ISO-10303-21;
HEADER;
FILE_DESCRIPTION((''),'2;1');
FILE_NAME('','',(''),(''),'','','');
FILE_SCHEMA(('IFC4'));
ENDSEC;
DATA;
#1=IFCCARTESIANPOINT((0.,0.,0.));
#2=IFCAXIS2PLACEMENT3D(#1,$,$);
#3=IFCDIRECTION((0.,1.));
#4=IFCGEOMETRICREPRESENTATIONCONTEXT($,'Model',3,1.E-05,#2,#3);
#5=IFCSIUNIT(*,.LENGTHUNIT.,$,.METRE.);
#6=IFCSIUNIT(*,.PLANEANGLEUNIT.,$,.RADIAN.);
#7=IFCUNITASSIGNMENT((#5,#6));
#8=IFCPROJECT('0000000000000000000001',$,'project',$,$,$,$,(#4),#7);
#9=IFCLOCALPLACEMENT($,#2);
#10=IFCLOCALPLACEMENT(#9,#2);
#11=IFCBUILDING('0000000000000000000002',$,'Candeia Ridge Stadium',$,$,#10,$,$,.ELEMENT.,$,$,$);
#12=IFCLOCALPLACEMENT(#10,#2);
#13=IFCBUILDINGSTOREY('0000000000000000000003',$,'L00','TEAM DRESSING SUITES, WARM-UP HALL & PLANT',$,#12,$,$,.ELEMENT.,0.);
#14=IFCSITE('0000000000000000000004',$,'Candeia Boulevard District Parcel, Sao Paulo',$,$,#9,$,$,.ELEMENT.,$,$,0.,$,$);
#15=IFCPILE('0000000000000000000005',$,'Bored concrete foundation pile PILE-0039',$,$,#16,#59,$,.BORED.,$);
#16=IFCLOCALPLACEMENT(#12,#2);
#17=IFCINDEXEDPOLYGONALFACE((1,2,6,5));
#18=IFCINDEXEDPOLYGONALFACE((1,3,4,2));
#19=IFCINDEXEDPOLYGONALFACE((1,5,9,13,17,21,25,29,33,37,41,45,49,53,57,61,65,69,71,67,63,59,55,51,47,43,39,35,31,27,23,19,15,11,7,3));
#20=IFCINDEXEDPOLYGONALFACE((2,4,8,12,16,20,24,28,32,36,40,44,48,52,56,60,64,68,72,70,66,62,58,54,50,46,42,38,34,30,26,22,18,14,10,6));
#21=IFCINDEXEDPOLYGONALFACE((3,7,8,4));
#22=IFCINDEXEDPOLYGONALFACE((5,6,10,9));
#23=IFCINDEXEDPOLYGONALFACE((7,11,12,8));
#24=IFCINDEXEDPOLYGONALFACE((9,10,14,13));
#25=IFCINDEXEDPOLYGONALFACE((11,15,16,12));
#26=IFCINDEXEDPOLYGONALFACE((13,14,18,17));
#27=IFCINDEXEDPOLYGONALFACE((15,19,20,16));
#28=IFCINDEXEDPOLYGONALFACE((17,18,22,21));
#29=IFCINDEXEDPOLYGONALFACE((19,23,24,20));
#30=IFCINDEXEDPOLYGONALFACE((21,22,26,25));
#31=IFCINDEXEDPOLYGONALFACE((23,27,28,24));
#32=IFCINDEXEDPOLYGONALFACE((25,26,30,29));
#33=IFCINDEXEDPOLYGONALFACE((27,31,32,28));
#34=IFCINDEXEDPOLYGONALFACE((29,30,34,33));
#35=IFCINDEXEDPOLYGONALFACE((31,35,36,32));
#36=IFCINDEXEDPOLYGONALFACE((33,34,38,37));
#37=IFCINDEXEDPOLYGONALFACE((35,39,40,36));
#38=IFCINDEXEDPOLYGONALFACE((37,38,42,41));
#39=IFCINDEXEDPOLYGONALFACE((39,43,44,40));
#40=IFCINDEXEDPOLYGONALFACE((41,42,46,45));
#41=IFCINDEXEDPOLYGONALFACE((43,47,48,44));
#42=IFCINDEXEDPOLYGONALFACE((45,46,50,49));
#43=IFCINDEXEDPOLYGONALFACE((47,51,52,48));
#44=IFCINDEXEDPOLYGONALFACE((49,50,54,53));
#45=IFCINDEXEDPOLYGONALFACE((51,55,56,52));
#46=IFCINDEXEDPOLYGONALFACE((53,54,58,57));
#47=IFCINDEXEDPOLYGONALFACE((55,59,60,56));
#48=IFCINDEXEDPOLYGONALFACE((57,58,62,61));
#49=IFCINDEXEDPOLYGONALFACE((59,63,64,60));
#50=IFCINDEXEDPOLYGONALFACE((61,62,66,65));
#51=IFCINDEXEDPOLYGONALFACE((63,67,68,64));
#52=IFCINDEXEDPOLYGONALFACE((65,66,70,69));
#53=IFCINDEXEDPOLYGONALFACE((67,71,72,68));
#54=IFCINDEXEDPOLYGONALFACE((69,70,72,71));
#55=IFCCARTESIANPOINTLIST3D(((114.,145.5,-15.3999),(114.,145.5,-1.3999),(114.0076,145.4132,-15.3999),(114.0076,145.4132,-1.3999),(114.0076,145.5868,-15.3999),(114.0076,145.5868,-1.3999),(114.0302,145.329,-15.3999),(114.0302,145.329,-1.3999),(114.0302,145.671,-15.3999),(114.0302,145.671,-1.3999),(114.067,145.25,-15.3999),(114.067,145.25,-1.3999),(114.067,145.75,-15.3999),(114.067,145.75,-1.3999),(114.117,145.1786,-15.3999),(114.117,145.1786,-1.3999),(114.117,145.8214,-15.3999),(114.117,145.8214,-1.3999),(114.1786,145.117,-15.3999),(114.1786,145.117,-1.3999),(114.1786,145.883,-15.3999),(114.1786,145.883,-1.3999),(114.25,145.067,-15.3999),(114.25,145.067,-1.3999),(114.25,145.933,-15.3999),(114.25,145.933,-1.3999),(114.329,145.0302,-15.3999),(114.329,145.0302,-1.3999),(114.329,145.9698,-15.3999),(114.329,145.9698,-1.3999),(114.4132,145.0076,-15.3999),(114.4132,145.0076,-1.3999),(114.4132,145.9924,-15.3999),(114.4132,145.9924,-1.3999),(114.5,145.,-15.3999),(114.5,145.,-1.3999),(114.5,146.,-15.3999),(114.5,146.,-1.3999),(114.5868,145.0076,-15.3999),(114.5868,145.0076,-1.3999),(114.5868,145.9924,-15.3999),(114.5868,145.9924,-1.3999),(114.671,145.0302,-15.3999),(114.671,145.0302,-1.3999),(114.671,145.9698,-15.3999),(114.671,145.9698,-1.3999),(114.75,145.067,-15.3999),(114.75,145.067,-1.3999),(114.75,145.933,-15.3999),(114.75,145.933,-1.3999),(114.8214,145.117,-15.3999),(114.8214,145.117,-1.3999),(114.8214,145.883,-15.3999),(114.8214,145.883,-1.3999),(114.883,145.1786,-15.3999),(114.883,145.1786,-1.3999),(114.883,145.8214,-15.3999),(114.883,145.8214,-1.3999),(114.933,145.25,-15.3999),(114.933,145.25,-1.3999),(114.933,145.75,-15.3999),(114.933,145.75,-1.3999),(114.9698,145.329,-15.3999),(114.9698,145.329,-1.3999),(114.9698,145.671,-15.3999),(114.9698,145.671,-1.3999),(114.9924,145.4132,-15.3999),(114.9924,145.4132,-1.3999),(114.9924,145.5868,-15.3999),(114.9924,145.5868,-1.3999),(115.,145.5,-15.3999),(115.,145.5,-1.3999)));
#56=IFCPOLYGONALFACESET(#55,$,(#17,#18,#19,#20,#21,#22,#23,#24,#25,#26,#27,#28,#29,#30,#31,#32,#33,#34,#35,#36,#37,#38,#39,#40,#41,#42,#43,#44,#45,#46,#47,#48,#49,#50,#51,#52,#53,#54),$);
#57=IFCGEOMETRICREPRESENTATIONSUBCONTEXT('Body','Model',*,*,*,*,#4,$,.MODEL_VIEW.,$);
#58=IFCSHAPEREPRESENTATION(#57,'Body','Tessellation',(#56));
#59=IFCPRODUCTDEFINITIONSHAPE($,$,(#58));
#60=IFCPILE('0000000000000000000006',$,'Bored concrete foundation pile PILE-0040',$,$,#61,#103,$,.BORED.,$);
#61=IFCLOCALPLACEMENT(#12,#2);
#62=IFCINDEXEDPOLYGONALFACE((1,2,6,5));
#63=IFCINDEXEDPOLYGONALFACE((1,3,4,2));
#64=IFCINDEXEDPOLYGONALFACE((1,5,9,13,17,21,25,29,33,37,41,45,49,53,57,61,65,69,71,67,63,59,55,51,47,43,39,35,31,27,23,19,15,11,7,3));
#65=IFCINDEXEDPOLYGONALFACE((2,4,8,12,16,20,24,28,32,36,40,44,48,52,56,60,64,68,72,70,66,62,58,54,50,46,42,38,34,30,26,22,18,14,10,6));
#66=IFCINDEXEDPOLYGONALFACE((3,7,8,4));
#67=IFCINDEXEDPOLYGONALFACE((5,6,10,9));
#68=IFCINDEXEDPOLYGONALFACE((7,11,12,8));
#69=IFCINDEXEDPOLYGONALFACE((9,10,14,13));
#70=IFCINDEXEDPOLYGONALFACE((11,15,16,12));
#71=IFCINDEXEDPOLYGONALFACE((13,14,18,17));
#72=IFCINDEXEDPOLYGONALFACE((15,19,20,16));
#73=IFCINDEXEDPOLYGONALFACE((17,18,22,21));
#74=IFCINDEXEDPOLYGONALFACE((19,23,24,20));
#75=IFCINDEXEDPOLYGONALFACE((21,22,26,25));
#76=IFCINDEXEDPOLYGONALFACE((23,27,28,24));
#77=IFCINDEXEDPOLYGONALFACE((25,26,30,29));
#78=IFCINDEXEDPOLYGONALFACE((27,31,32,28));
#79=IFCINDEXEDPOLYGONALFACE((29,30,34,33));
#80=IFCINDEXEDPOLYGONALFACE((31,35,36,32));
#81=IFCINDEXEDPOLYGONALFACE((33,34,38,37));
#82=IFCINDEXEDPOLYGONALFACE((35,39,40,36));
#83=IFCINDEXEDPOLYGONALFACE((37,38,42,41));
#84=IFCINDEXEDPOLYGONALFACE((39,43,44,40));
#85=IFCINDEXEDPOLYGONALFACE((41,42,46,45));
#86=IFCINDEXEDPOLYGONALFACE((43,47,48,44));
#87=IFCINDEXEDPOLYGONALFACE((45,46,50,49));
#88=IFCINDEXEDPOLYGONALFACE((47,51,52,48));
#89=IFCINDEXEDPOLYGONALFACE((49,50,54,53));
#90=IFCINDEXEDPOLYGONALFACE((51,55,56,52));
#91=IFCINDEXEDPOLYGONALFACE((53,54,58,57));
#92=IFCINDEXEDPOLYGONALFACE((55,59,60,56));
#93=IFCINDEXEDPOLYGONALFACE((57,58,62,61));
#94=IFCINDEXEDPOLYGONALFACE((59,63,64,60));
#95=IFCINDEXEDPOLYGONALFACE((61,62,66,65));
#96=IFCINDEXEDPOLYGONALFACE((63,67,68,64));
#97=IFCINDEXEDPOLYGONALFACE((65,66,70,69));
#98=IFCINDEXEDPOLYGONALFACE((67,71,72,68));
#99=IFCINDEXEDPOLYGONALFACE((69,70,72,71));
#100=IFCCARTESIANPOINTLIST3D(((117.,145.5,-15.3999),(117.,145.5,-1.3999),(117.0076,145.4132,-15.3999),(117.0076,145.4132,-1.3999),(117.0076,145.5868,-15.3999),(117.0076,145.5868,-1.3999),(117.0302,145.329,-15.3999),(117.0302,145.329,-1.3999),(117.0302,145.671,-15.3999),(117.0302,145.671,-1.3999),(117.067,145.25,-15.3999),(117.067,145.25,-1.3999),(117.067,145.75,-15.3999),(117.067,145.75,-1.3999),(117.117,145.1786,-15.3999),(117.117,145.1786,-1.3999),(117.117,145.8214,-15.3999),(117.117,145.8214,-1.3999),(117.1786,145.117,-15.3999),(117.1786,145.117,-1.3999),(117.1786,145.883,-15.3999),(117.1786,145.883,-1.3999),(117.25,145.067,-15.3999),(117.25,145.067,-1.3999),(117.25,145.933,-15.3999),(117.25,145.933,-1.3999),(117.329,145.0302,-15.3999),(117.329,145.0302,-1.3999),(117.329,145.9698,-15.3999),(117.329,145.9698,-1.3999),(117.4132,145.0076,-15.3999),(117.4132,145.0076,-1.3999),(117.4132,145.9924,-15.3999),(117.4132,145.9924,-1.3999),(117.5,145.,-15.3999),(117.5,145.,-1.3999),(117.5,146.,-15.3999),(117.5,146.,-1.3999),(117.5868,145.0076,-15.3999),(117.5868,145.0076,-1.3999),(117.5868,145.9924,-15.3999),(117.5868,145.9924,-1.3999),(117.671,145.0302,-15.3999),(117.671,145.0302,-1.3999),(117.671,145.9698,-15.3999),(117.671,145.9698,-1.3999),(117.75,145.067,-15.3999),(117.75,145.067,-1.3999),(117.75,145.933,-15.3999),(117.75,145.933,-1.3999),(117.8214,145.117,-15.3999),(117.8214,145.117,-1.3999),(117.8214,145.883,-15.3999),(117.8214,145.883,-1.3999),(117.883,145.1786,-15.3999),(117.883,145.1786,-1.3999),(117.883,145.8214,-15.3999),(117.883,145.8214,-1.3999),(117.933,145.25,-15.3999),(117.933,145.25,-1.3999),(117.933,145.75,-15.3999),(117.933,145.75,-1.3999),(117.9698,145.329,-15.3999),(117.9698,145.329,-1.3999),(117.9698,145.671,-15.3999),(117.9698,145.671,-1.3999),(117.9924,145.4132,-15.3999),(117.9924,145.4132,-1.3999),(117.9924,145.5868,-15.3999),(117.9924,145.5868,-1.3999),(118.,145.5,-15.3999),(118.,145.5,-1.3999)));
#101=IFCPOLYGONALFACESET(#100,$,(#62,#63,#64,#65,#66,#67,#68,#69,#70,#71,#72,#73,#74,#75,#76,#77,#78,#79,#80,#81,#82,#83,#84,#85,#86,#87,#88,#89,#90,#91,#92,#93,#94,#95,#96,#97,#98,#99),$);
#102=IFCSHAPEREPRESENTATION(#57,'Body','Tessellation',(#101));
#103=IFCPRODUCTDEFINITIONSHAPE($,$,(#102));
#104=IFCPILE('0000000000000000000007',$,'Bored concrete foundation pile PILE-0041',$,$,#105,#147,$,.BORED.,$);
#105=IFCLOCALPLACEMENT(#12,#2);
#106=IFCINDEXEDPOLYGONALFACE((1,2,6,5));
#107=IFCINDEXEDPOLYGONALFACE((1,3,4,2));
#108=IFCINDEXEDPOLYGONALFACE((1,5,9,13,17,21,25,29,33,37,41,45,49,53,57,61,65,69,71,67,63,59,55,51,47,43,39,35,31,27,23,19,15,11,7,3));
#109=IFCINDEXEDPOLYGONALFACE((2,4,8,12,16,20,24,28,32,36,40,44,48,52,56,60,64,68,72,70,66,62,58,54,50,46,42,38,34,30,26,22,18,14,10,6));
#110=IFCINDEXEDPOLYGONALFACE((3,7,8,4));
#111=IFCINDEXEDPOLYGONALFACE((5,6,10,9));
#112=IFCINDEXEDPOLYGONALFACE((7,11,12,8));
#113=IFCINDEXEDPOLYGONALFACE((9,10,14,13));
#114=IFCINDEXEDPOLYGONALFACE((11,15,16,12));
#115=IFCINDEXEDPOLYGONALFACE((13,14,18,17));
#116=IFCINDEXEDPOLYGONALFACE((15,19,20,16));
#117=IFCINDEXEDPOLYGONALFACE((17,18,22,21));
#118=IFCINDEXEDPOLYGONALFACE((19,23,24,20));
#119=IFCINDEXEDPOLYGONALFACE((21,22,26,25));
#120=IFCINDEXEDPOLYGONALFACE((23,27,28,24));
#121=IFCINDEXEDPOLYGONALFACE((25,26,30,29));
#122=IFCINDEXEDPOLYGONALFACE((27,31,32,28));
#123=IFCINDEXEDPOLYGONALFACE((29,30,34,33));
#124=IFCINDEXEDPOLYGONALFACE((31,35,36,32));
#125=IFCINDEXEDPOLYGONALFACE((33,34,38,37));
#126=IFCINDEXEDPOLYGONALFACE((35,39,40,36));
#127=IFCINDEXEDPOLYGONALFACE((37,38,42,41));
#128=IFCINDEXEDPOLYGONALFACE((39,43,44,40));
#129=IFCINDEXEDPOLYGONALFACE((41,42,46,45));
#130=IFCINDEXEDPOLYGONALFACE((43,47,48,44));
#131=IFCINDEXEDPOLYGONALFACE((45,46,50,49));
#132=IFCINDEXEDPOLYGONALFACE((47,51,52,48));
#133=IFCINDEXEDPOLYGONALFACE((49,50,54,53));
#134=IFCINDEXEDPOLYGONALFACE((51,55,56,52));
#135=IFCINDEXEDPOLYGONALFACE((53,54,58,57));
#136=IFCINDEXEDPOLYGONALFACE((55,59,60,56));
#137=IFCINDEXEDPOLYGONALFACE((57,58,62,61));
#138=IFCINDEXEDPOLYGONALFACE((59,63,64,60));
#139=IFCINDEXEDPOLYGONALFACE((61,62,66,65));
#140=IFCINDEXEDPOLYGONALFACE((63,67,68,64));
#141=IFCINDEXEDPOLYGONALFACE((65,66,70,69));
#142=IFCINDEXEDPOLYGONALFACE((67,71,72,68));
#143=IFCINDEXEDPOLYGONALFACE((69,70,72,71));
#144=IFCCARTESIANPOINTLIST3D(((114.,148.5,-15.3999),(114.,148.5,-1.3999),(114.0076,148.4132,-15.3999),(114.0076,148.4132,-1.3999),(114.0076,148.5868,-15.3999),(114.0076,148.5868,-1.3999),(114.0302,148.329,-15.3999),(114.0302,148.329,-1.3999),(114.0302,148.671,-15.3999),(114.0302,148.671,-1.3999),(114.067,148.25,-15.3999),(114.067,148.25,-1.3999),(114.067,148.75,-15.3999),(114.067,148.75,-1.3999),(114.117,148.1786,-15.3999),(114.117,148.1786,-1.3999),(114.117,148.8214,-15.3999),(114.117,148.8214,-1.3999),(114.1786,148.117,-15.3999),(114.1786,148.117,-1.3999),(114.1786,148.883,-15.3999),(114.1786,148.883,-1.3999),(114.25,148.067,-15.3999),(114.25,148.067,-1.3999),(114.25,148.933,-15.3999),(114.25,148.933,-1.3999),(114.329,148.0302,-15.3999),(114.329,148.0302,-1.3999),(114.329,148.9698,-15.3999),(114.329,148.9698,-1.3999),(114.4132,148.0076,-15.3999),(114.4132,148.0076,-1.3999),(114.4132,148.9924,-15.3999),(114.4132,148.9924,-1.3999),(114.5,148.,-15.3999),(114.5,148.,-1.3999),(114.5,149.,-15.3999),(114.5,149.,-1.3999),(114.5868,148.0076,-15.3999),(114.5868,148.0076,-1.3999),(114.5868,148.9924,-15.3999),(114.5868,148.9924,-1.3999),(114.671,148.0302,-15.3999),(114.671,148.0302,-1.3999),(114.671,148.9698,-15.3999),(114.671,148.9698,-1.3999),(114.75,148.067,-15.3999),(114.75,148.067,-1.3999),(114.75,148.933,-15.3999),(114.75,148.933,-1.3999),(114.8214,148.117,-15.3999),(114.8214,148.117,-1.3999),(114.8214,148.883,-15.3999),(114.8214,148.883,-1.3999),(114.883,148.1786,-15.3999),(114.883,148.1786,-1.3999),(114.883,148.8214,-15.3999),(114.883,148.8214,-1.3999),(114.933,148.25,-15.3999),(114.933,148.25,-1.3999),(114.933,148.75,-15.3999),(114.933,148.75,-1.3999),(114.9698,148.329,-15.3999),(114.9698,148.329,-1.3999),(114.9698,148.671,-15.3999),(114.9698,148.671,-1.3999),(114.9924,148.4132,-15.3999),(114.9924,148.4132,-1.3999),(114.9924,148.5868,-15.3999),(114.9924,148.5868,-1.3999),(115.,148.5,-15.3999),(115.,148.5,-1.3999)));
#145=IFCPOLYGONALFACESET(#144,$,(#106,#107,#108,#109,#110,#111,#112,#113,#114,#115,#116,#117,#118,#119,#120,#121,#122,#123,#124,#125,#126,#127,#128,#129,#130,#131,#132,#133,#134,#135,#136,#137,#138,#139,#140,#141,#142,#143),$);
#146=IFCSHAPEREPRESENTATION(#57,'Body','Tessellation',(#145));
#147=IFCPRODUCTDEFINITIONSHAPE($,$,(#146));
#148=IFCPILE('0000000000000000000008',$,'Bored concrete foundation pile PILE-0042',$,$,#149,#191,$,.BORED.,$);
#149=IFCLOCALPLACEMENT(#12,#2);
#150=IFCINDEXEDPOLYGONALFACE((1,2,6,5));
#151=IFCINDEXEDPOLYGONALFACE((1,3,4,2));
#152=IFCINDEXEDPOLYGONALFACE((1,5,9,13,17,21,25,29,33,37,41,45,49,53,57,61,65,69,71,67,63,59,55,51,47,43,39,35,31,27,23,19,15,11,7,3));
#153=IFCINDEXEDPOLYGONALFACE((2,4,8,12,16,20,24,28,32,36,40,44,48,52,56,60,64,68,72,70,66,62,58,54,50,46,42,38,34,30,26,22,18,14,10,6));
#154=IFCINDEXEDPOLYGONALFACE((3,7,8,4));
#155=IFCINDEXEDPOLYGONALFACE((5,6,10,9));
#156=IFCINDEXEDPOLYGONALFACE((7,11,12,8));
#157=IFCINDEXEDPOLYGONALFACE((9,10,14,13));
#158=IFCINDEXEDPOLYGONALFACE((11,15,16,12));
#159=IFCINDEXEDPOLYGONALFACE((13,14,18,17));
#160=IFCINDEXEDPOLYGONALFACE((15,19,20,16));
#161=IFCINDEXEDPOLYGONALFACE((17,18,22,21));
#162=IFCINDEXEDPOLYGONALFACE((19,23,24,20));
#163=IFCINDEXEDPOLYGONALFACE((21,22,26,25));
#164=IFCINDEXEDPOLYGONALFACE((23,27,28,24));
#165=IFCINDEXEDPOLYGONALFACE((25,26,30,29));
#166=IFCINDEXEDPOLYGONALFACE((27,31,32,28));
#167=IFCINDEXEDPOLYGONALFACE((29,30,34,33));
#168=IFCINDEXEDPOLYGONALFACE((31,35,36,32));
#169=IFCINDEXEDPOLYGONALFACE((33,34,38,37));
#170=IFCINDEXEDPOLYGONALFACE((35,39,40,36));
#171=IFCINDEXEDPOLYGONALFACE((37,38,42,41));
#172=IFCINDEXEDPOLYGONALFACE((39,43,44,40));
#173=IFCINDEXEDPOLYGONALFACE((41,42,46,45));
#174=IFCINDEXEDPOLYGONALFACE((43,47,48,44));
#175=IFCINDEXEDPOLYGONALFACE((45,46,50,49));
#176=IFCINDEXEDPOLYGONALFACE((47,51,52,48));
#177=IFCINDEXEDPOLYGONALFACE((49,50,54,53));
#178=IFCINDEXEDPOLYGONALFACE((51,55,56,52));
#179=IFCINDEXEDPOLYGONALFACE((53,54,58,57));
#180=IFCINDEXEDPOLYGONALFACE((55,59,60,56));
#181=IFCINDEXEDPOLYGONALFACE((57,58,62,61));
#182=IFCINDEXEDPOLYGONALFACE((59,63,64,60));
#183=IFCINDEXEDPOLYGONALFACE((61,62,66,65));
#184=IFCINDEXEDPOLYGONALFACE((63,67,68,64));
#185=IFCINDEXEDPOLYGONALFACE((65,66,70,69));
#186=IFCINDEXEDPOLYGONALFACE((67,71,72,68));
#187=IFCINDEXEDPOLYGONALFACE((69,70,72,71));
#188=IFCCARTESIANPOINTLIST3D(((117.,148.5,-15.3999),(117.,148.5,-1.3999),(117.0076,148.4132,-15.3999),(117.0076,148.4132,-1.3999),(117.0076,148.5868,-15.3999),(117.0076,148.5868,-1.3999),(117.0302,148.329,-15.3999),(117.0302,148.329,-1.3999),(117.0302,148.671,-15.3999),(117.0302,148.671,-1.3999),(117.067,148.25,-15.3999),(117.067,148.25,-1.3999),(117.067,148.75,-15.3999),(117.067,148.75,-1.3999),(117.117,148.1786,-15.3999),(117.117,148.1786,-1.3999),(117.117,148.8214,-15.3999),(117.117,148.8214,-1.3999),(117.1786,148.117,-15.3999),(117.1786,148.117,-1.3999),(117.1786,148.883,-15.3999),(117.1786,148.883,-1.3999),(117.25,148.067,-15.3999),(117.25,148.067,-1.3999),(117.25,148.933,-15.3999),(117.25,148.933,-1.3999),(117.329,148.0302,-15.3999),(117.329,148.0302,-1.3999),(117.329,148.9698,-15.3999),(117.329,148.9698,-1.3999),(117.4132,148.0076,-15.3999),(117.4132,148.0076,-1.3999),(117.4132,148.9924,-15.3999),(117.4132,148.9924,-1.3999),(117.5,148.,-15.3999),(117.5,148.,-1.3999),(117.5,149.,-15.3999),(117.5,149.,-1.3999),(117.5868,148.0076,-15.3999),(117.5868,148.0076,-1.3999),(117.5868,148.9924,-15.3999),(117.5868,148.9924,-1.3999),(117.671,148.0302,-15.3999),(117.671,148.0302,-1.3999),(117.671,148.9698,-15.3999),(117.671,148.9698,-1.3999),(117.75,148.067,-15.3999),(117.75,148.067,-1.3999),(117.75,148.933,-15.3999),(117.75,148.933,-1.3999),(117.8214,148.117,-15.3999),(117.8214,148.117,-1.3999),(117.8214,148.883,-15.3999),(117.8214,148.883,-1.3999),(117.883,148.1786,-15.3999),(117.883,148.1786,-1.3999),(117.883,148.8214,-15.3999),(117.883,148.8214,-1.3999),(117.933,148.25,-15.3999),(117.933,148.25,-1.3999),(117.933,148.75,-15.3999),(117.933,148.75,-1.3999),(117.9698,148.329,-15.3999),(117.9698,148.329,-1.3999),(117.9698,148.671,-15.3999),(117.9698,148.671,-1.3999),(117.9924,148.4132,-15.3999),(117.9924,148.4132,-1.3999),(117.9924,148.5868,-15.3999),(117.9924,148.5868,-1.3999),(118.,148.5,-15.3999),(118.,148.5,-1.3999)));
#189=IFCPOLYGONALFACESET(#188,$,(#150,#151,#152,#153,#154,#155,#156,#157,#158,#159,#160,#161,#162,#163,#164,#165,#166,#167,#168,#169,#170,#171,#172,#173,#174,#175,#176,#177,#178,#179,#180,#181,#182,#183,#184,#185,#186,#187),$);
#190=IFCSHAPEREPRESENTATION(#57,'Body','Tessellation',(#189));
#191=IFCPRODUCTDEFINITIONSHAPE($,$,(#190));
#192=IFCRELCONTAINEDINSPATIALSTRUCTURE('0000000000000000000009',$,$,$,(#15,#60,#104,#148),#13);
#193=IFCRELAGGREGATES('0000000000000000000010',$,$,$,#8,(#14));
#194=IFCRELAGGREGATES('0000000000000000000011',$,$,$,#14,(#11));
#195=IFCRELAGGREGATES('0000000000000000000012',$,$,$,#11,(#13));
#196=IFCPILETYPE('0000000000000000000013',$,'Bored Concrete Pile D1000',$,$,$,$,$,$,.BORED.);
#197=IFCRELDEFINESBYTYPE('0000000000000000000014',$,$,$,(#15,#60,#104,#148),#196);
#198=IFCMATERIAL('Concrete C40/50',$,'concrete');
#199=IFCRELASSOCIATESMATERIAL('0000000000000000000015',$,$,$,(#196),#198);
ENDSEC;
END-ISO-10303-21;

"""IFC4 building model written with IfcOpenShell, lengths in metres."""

from ifc_helpers import new_model, si_unit, direction, frame, origin, origin_2d, place, context, subcontext, project, spatial, circle, extrude, material, material_profile, profile_set, type_object, element, save


model = new_model("IFC4")

# Units and contexts
model_context = context("Model", 3, precision=1e-05, world=origin(), true_north=direction((0.0, 1.0)))
body_context = subcontext(model_context, "Body", "Model", "MODEL_VIEW")
ifc_project = project(units=[si_unit("LENGTHUNIT", "METRE"), si_unit("PLANEANGLEUNIT", "RADIAN")], contexts=[model_context])

# Site, building, storey
site_placement = place(None, origin())
site = spatial("IfcSite", under=ifc_project, at=site_placement, Name="Candeia Boulevard District Parcel, Sao Paulo", CompositionType="ELEMENT", RefElevation=0.0)
building_placement = place(site_placement, origin())
building = spatial("IfcBuilding", under=site, at=building_placement, Name="Candeia Ridge Stadium", CompositionType="ELEMENT")
storey_placement = place(building_placement, origin())
storey = spatial("IfcBuildingStorey", under=building, at=storey_placement, Name="L00", Description="TEAM DRESSING SUITES, WARM-UP HALL & PLANT", CompositionType="ELEMENT", Elevation=0.0)

# Piles
ifc_material_1 = material(Name="Concrete C40/50", Category="concrete")
ifc_material_profile_1 = material_profile(ifc_material_1, circle(Radius=0.5, at=origin_2d()), Name="PILE-D1000", Category="concrete")
ifc_profile_set_1 = profile_set([ifc_material_profile_1], Name="Concrete C40/50")
pile_type_1 = type_object("IfcPileType", Name="Bored Concrete Pile D1000", PredefinedType="BORED", material=ifc_profile_set_1)
for number, where, z_axis, x_axis, name in (
    (1, (114.5, 145.5, -1.3999), (0.0, 0.0, -1.0), (1.0, 0.0, 0.0), "Bored concrete foundation pile PILE-0039"),
    (2, (117.5, 145.5, -1.3999), (0.0, 0.0, -1.0), (1.0, 0.0, 0.0), "Bored concrete foundation pile PILE-0040"),
    (3, (114.5, 148.5, -1.3999), (0.0, 0.0, -1.0), (1.0, 0.0, 0.0), "Bored concrete foundation pile PILE-0041"),
    (4, (117.5, 148.5, -1.3999), (0.0, 0.0, -1.0), (1.0, 0.0, 0.0), "Bored concrete foundation pile PILE-0042"),
):
    element("IfcPile", number, at=place(storey_placement, frame(where, z_axis=z_axis, x_axis=x_axis)), inside=storey, type_object=pile_type_1, Name=name, PredefinedType="BORED", context=body_context, shape_type="SweptSolid", body=[
        extrude(circle(Radius=0.5, at=origin_2d()), origin(), (0.0, 0.0, 1.0), 14.0),
    ])

save(model, "model.ifc")
